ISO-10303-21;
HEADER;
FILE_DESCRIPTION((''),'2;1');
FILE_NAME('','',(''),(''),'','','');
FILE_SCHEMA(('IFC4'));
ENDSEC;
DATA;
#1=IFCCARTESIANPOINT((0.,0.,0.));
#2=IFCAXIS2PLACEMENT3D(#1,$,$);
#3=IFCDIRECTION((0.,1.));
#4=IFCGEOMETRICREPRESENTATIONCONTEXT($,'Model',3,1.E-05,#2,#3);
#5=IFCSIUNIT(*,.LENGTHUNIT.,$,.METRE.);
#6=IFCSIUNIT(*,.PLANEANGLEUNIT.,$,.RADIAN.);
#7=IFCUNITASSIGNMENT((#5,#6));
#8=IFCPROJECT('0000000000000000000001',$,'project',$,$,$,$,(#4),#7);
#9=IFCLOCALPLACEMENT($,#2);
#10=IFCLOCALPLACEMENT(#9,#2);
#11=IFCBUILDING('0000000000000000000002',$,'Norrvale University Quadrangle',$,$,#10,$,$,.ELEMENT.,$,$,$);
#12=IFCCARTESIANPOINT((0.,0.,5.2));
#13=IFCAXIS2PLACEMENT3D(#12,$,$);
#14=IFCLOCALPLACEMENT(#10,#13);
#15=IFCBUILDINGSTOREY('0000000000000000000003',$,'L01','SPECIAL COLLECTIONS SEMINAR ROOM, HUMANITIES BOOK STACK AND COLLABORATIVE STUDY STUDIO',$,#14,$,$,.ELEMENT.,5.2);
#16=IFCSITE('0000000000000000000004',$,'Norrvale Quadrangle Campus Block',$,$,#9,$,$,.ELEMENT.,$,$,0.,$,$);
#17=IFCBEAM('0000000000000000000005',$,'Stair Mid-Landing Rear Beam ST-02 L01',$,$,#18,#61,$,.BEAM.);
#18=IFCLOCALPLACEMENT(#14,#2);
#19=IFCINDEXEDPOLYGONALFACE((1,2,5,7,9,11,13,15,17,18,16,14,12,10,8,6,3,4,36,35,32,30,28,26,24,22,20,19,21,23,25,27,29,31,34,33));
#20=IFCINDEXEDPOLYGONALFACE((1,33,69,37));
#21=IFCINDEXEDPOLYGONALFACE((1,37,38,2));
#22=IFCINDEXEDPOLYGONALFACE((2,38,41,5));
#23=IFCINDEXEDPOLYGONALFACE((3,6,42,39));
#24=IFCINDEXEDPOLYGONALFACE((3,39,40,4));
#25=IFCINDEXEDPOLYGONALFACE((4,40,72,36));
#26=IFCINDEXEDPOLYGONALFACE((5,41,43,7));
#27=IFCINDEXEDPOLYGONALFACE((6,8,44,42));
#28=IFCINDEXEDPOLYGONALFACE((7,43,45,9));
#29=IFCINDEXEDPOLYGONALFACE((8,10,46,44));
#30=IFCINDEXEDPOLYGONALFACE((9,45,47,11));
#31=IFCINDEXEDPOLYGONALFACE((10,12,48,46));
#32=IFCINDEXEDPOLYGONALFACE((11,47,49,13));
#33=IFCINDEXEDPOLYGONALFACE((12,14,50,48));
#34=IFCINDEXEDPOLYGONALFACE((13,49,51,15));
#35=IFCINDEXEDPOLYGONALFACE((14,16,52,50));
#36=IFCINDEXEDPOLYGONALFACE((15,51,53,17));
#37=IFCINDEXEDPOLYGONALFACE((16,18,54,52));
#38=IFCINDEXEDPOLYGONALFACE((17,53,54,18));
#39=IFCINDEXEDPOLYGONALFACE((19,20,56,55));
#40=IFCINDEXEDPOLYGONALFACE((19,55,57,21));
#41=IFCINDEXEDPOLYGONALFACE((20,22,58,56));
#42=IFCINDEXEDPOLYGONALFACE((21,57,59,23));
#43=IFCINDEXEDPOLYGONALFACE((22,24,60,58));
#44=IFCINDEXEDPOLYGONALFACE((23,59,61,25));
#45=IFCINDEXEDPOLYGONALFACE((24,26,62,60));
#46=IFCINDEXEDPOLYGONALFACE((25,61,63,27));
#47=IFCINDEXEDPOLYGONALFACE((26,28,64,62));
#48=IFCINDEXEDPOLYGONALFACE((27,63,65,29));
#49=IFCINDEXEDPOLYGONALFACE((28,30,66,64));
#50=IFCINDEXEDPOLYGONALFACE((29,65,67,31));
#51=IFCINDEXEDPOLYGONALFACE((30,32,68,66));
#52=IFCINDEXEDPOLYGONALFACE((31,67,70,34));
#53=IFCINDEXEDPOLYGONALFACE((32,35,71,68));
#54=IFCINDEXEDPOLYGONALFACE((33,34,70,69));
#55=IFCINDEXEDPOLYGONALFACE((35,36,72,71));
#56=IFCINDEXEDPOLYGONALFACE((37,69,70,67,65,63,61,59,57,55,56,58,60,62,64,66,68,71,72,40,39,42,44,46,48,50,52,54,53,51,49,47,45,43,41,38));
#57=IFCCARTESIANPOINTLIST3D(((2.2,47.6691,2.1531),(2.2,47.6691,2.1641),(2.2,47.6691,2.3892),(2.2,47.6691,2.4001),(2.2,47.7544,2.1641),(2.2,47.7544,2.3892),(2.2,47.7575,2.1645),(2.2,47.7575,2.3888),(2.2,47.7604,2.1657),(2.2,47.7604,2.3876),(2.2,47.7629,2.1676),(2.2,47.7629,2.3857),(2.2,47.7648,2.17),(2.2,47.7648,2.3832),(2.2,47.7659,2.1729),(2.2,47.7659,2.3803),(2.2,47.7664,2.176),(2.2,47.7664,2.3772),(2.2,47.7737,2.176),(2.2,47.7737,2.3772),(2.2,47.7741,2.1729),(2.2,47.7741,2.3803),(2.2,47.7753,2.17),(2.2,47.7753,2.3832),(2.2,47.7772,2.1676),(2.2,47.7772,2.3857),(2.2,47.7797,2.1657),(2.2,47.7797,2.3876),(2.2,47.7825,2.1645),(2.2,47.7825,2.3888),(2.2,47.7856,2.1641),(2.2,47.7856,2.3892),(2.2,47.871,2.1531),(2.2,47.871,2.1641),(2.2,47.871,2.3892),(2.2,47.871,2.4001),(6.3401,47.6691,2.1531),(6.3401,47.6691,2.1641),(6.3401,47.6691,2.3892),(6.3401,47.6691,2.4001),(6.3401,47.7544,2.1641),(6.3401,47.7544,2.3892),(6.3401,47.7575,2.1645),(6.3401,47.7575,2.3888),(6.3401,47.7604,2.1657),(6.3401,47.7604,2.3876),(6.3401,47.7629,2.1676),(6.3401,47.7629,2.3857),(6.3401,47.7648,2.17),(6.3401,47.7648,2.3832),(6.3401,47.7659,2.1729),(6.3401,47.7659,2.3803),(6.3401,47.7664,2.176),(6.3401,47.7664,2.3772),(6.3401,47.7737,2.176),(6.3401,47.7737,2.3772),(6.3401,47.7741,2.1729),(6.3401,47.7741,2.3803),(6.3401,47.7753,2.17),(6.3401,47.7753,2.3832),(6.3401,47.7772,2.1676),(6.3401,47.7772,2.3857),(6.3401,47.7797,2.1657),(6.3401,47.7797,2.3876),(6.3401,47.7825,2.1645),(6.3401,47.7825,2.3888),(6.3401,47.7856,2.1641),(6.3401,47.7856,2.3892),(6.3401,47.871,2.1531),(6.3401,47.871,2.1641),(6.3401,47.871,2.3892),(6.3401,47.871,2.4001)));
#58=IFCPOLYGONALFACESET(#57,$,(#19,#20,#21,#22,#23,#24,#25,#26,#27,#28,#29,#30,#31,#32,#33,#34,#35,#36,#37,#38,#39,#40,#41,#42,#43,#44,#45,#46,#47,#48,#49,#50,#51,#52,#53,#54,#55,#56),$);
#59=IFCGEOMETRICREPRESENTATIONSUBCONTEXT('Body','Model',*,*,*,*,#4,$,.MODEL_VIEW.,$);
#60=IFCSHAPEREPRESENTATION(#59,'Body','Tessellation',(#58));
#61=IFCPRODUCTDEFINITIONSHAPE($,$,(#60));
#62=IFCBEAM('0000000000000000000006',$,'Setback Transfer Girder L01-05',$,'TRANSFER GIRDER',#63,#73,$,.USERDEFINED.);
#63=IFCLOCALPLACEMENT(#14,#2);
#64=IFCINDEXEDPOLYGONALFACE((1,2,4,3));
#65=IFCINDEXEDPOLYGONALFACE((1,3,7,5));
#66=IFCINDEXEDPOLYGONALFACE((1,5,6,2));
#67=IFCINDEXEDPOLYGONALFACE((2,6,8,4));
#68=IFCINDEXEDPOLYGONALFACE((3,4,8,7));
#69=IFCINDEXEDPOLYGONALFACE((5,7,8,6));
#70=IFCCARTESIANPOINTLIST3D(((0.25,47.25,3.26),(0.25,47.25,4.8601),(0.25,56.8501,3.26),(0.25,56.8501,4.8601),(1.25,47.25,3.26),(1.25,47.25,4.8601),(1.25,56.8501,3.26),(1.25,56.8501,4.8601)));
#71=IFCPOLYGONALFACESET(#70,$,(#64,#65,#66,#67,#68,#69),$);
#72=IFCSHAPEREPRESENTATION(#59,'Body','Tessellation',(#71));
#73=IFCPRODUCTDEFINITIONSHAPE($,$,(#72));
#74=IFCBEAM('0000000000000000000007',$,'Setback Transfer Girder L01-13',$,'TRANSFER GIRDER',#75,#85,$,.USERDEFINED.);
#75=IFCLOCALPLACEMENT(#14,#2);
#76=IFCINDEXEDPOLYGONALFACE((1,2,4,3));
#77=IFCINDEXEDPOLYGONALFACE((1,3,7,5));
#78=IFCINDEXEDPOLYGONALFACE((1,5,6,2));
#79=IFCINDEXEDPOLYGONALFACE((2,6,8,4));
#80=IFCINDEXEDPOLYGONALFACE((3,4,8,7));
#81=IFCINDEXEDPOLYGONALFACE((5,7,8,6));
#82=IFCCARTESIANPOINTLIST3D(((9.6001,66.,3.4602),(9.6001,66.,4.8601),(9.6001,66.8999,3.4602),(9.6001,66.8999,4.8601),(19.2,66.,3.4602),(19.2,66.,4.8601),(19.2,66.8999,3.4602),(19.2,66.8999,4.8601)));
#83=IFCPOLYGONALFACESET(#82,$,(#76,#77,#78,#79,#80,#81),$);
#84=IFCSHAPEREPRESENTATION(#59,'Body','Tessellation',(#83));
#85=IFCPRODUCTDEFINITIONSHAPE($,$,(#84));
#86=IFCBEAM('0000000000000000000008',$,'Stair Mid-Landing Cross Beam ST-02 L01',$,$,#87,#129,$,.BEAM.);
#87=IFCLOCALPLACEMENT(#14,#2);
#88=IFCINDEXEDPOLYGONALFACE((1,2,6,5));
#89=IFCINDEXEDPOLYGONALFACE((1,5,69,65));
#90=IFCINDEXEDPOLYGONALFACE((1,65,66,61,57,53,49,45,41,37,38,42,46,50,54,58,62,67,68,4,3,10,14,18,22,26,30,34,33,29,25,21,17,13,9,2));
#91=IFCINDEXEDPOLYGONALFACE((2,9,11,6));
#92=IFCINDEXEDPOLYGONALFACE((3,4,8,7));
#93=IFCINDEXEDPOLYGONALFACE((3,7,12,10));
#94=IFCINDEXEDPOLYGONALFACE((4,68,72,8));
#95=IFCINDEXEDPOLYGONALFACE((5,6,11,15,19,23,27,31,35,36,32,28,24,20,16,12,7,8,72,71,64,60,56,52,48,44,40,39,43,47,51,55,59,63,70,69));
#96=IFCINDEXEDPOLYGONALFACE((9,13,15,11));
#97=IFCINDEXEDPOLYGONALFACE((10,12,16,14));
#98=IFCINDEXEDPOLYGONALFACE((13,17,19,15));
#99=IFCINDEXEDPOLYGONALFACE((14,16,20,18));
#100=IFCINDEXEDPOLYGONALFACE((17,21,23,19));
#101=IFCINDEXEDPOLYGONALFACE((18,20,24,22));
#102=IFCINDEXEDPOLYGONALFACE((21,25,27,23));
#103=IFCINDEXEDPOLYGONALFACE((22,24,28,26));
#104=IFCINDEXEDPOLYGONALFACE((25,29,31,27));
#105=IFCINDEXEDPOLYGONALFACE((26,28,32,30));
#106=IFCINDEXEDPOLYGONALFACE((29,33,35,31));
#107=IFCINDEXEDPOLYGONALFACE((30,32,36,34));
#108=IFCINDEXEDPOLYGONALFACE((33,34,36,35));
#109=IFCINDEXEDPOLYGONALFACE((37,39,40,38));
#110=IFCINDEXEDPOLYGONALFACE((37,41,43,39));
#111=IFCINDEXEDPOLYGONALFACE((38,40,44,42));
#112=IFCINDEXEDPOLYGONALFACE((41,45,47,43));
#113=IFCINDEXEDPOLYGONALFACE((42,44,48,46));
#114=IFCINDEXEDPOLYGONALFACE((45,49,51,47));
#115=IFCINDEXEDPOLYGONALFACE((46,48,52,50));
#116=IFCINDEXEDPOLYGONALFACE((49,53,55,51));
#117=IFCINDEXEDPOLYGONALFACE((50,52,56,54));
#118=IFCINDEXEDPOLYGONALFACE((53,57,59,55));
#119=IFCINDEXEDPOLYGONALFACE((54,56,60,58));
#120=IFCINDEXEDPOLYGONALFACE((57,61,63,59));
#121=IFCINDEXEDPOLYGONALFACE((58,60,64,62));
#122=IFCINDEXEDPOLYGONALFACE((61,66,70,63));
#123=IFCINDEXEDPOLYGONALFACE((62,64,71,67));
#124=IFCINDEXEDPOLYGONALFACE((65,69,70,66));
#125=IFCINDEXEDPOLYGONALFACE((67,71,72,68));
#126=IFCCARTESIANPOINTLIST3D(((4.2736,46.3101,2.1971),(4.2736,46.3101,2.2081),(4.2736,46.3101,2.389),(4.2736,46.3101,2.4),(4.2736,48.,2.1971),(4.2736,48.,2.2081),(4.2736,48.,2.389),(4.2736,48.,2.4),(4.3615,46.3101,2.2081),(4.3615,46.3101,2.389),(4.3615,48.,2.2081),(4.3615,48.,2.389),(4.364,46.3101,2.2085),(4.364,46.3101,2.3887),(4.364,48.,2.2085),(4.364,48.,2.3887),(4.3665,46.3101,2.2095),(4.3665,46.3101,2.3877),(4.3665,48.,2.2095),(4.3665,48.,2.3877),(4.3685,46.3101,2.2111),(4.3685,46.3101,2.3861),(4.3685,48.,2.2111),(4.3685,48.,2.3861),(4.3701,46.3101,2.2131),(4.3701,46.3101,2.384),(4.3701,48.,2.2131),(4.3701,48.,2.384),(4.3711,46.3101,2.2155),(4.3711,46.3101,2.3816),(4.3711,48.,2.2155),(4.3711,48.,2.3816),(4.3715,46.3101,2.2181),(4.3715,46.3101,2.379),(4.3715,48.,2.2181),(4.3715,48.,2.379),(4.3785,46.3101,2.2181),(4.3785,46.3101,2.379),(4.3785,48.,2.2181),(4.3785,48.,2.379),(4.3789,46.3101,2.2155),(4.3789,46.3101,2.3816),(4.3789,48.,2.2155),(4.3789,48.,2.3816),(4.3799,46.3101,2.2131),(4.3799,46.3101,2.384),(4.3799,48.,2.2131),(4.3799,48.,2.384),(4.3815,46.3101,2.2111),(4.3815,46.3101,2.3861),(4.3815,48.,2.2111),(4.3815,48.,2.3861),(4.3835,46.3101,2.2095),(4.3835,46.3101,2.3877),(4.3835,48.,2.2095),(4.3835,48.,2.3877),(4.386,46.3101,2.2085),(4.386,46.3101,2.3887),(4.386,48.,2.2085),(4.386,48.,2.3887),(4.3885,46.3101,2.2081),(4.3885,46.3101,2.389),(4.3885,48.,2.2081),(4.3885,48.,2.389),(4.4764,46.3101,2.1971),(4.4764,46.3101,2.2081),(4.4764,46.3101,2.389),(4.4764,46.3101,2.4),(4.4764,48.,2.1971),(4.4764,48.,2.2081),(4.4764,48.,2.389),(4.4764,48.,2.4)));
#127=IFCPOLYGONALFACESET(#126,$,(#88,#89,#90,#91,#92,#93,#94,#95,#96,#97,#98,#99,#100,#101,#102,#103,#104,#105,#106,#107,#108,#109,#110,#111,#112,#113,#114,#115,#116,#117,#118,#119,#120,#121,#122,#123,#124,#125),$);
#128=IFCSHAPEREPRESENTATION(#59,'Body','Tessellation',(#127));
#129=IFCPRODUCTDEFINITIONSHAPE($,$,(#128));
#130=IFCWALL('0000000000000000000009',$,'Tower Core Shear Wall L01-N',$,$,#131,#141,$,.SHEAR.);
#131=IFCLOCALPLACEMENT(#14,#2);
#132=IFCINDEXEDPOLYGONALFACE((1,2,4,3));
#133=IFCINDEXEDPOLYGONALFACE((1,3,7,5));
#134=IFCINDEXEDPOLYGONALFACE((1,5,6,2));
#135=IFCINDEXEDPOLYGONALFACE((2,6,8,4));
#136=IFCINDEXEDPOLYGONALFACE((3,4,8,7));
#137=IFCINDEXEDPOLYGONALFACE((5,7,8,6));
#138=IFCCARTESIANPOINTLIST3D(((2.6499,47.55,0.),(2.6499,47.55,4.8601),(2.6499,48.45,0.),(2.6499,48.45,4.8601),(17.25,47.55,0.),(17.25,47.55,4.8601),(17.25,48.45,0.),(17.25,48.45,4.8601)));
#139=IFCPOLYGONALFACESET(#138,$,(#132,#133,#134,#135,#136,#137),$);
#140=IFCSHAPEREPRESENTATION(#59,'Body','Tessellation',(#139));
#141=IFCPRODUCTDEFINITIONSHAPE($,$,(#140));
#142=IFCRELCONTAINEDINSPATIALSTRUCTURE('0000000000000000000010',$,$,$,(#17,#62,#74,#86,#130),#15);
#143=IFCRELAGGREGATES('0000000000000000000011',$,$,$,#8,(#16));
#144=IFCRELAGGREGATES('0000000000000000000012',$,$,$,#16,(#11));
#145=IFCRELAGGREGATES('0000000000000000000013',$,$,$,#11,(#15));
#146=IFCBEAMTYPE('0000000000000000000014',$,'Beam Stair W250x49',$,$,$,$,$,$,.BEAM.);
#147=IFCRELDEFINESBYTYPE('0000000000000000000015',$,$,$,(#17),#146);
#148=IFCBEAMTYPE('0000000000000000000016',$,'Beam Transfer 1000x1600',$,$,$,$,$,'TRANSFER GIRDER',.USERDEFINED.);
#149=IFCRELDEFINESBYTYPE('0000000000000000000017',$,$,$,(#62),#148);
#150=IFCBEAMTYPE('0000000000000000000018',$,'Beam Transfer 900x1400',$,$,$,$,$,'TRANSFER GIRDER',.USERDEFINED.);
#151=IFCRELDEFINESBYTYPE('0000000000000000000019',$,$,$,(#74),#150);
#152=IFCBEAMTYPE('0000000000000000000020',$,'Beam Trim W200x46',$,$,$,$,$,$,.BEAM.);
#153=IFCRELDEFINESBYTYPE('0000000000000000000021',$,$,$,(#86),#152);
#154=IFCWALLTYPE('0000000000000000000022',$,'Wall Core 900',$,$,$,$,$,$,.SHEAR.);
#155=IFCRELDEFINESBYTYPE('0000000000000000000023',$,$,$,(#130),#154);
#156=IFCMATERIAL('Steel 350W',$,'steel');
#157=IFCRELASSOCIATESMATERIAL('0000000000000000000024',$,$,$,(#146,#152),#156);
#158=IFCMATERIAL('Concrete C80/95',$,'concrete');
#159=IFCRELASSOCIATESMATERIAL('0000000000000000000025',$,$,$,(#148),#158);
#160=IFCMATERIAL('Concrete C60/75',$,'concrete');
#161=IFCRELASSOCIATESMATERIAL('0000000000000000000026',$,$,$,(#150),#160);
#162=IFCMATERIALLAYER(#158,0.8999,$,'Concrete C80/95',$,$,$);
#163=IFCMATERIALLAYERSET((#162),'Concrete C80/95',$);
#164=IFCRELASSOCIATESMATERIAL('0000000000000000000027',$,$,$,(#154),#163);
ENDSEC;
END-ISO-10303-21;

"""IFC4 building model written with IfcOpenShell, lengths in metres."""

from ifc_helpers import new_model, si_unit, direction, frame, frame_2d, origin, origin_2d, place, context, subcontext, project, spatial, rectangle, i_section, extrude, material, layer, layer_set, material_profile, profile_set, type_object, element, save


model = new_model("IFC4")

# Units and contexts
model_context = context("Model", 3, precision=1e-05, world=origin(), true_north=direction((0.0, 1.0)))
body_context = subcontext(model_context, "Body", "Model", "MODEL_VIEW")
ifc_project = project(units=[si_unit("LENGTHUNIT", "METRE"), si_unit("PLANEANGLEUNIT", "RADIAN")], contexts=[model_context])

# Site, building, storey
site_placement = place(None, origin())
site = spatial("IfcSite", under=ifc_project, at=site_placement, Name="Norrvale Quadrangle Campus Block", CompositionType="ELEMENT", RefElevation=0.0)
building_placement = place(site_placement, origin())
building = spatial("IfcBuilding", under=site, at=building_placement, Name="Norrvale University Quadrangle", CompositionType="ELEMENT")
storey_placement = place(building_placement, frame((0.0, 0.0, 5.2)))
storey = spatial("IfcBuildingStorey", under=building, at=storey_placement, Name="L01", Description="SPECIAL COLLECTIONS SEMINAR ROOM, HUMANITIES BOOK STACK AND COLLABORATIVE STUDY STUDIO", CompositionType="ELEMENT", Elevation=5.2)

# Shared definitions
ifc_material_1 = material(Name="Concrete C80/95", Category="concrete")

# Beams
ifc_material_2 = material(Name="Concrete C60/75", Category="concrete")
ifc_material_3 = material(Name="Steel 350W", Category="steel")
ifc_material_profile_1 = material_profile(ifc_material_3, i_section(OverallWidth=0.2019, OverallDepth=0.2471, WebThickness=0.0073, FlangeThickness=0.011, FilletRadius=0.012, at=origin_2d()), Name="Steel 350W")
ifc_profile_set_1 = profile_set([ifc_material_profile_1], Name="Steel 350W")
beam_type_1 = type_object("IfcBeamType", Name="Beam Stair W250x49", PredefinedType="BEAM", material=ifc_profile_set_1)
for number, where, z_axis, x_axis, name in (
    (1, (2.2, 47.77, 2.2766), (1.0, 0.0, 0.0), (0.0, 1.0, 0.0), "Stair Mid-Landing Rear Beam ST-02 L01"),
):
    element("IfcBeam", number, at=place(storey_placement, frame(where, z_axis=z_axis, x_axis=x_axis)), inside=storey, type_object=beam_type_1, Name=name, PredefinedType="BEAM", context=body_context, shape_type="SweptSolid", body=[
        extrude(i_section(OverallWidth=0.2019, OverallDepth=0.2471, WebThickness=0.0073, FlangeThickness=0.011, FilletRadius=0.012, at=origin_2d()), origin(), (0.0, 0.0, 1.0), 4.1401),
    ])
ifc_material_profile_2 = material_profile(ifc_material_1, rectangle(XDim=1.0, YDim=1.6001, at=origin_2d()), Name="Concrete C80/95")
ifc_profile_set_2 = profile_set([ifc_material_profile_2], Name="Concrete C80/95")
beam_type_2 = type_object("IfcBeamType", Name="Beam Transfer 1000x1600", ElementType="TRANSFER GIRDER", PredefinedType="USERDEFINED", material=ifc_profile_set_2)
beam_1_placement = place(storey_placement, frame((0.75, 47.25, 4.0601), z_axis=(0.0, 1.0, 0.0), x_axis=(-1.0, 0.0, 0.0)))
element("IfcBeam", 2, at=beam_1_placement, inside=storey, type_object=beam_type_2, Name="Setback Transfer Girder L01-05", ObjectType="TRANSFER GIRDER", PredefinedType="USERDEFINED", context=body_context, shape_type="SweptSolid", body=[
    extrude(rectangle(XDim=1.0, YDim=1.6001, at=origin_2d()), origin(), (0.0, 0.0, 1.0), 9.6001),
])
ifc_material_profile_3 = material_profile(ifc_material_2, rectangle(XDim=0.8999, YDim=1.3999, at=origin_2d()), Name="Concrete C60/75")
ifc_profile_set_3 = profile_set([ifc_material_profile_3], Name="Concrete C60/75")
beam_type_3 = type_object("IfcBeamType", Name="Beam Transfer 900x1400", ElementType="TRANSFER GIRDER", PredefinedType="USERDEFINED", material=ifc_profile_set_3)
beam_2_placement = place(storey_placement, frame((9.6001, 66.45, 4.1602), z_axis=(1.0, 0.0, 0.0), x_axis=(0.0, 1.0, 0.0)))
element("IfcBeam", 3, at=beam_2_placement, inside=storey, type_object=beam_type_3, Name="Setback Transfer Girder L01-13", ObjectType="TRANSFER GIRDER", PredefinedType="USERDEFINED", context=body_context, shape_type="SweptSolid", body=[
    extrude(rectangle(XDim=0.8999, YDim=1.3999, at=origin_2d()), origin(), (0.0, 0.0, 1.0), 9.5999),
])
ifc_material_profile_4 = material_profile(ifc_material_3, i_section(OverallWidth=0.2029, OverallDepth=0.2029, WebThickness=0.0071, FlangeThickness=0.011, FilletRadius=0.01, at=origin_2d()), Name="Steel 350W")
ifc_profile_set_4 = profile_set([ifc_material_profile_4], Name="Steel 350W")
beam_type_4 = type_object("IfcBeamType", Name="Beam Trim W200x46", PredefinedType="BEAM", material=ifc_profile_set_4)
beam_3_placement = place(storey_placement, frame((4.375, 46.3101, 2.2986), z_axis=(0.0, 1.0, 0.0), x_axis=(-1.0, 0.0, 0.0)))
element("IfcBeam", 4, at=beam_3_placement, inside=storey, type_object=beam_type_4, Name="Stair Mid-Landing Cross Beam ST-02 L01", PredefinedType="BEAM", context=body_context, shape_type="SweptSolid", body=[
    extrude(i_section(OverallWidth=0.2029, OverallDepth=0.2029, WebThickness=0.0071, FlangeThickness=0.011, FilletRadius=0.01, at=origin_2d()), origin(), (0.0, 0.0, 1.0), 1.6899),
])

# Wall
ifc_layer_1 = layer(ifc_material_1, 0.8999, Name="Concrete C80/95")
ifc_layer_set_1 = layer_set([ifc_layer_1], Name="Concrete C80/95")
wall_type_1 = type_object("IfcWallType", Name="Wall Core 900", PredefinedType="SHEAR", material=ifc_layer_set_1)
wall_1_placement = place(storey_placement, frame((2.6499, 48.0, 0.0), z_axis=(0.0, 0.0, 1.0), x_axis=(1.0, 0.0, 0.0)))
element("IfcWall", 5, at=wall_1_placement, inside=storey, type_object=wall_type_1, Name="Tower Core Shear Wall L01-N", PredefinedType="SHEAR", context=body_context, shape_type="SweptSolid", body=[
    extrude(rectangle(XDim=14.6001, YDim=0.8999, at=frame_2d((7.3, 0.0))), origin(), (0.0, 0.0, 1.0), 4.8601),
])

save(model, "model.ifc")
